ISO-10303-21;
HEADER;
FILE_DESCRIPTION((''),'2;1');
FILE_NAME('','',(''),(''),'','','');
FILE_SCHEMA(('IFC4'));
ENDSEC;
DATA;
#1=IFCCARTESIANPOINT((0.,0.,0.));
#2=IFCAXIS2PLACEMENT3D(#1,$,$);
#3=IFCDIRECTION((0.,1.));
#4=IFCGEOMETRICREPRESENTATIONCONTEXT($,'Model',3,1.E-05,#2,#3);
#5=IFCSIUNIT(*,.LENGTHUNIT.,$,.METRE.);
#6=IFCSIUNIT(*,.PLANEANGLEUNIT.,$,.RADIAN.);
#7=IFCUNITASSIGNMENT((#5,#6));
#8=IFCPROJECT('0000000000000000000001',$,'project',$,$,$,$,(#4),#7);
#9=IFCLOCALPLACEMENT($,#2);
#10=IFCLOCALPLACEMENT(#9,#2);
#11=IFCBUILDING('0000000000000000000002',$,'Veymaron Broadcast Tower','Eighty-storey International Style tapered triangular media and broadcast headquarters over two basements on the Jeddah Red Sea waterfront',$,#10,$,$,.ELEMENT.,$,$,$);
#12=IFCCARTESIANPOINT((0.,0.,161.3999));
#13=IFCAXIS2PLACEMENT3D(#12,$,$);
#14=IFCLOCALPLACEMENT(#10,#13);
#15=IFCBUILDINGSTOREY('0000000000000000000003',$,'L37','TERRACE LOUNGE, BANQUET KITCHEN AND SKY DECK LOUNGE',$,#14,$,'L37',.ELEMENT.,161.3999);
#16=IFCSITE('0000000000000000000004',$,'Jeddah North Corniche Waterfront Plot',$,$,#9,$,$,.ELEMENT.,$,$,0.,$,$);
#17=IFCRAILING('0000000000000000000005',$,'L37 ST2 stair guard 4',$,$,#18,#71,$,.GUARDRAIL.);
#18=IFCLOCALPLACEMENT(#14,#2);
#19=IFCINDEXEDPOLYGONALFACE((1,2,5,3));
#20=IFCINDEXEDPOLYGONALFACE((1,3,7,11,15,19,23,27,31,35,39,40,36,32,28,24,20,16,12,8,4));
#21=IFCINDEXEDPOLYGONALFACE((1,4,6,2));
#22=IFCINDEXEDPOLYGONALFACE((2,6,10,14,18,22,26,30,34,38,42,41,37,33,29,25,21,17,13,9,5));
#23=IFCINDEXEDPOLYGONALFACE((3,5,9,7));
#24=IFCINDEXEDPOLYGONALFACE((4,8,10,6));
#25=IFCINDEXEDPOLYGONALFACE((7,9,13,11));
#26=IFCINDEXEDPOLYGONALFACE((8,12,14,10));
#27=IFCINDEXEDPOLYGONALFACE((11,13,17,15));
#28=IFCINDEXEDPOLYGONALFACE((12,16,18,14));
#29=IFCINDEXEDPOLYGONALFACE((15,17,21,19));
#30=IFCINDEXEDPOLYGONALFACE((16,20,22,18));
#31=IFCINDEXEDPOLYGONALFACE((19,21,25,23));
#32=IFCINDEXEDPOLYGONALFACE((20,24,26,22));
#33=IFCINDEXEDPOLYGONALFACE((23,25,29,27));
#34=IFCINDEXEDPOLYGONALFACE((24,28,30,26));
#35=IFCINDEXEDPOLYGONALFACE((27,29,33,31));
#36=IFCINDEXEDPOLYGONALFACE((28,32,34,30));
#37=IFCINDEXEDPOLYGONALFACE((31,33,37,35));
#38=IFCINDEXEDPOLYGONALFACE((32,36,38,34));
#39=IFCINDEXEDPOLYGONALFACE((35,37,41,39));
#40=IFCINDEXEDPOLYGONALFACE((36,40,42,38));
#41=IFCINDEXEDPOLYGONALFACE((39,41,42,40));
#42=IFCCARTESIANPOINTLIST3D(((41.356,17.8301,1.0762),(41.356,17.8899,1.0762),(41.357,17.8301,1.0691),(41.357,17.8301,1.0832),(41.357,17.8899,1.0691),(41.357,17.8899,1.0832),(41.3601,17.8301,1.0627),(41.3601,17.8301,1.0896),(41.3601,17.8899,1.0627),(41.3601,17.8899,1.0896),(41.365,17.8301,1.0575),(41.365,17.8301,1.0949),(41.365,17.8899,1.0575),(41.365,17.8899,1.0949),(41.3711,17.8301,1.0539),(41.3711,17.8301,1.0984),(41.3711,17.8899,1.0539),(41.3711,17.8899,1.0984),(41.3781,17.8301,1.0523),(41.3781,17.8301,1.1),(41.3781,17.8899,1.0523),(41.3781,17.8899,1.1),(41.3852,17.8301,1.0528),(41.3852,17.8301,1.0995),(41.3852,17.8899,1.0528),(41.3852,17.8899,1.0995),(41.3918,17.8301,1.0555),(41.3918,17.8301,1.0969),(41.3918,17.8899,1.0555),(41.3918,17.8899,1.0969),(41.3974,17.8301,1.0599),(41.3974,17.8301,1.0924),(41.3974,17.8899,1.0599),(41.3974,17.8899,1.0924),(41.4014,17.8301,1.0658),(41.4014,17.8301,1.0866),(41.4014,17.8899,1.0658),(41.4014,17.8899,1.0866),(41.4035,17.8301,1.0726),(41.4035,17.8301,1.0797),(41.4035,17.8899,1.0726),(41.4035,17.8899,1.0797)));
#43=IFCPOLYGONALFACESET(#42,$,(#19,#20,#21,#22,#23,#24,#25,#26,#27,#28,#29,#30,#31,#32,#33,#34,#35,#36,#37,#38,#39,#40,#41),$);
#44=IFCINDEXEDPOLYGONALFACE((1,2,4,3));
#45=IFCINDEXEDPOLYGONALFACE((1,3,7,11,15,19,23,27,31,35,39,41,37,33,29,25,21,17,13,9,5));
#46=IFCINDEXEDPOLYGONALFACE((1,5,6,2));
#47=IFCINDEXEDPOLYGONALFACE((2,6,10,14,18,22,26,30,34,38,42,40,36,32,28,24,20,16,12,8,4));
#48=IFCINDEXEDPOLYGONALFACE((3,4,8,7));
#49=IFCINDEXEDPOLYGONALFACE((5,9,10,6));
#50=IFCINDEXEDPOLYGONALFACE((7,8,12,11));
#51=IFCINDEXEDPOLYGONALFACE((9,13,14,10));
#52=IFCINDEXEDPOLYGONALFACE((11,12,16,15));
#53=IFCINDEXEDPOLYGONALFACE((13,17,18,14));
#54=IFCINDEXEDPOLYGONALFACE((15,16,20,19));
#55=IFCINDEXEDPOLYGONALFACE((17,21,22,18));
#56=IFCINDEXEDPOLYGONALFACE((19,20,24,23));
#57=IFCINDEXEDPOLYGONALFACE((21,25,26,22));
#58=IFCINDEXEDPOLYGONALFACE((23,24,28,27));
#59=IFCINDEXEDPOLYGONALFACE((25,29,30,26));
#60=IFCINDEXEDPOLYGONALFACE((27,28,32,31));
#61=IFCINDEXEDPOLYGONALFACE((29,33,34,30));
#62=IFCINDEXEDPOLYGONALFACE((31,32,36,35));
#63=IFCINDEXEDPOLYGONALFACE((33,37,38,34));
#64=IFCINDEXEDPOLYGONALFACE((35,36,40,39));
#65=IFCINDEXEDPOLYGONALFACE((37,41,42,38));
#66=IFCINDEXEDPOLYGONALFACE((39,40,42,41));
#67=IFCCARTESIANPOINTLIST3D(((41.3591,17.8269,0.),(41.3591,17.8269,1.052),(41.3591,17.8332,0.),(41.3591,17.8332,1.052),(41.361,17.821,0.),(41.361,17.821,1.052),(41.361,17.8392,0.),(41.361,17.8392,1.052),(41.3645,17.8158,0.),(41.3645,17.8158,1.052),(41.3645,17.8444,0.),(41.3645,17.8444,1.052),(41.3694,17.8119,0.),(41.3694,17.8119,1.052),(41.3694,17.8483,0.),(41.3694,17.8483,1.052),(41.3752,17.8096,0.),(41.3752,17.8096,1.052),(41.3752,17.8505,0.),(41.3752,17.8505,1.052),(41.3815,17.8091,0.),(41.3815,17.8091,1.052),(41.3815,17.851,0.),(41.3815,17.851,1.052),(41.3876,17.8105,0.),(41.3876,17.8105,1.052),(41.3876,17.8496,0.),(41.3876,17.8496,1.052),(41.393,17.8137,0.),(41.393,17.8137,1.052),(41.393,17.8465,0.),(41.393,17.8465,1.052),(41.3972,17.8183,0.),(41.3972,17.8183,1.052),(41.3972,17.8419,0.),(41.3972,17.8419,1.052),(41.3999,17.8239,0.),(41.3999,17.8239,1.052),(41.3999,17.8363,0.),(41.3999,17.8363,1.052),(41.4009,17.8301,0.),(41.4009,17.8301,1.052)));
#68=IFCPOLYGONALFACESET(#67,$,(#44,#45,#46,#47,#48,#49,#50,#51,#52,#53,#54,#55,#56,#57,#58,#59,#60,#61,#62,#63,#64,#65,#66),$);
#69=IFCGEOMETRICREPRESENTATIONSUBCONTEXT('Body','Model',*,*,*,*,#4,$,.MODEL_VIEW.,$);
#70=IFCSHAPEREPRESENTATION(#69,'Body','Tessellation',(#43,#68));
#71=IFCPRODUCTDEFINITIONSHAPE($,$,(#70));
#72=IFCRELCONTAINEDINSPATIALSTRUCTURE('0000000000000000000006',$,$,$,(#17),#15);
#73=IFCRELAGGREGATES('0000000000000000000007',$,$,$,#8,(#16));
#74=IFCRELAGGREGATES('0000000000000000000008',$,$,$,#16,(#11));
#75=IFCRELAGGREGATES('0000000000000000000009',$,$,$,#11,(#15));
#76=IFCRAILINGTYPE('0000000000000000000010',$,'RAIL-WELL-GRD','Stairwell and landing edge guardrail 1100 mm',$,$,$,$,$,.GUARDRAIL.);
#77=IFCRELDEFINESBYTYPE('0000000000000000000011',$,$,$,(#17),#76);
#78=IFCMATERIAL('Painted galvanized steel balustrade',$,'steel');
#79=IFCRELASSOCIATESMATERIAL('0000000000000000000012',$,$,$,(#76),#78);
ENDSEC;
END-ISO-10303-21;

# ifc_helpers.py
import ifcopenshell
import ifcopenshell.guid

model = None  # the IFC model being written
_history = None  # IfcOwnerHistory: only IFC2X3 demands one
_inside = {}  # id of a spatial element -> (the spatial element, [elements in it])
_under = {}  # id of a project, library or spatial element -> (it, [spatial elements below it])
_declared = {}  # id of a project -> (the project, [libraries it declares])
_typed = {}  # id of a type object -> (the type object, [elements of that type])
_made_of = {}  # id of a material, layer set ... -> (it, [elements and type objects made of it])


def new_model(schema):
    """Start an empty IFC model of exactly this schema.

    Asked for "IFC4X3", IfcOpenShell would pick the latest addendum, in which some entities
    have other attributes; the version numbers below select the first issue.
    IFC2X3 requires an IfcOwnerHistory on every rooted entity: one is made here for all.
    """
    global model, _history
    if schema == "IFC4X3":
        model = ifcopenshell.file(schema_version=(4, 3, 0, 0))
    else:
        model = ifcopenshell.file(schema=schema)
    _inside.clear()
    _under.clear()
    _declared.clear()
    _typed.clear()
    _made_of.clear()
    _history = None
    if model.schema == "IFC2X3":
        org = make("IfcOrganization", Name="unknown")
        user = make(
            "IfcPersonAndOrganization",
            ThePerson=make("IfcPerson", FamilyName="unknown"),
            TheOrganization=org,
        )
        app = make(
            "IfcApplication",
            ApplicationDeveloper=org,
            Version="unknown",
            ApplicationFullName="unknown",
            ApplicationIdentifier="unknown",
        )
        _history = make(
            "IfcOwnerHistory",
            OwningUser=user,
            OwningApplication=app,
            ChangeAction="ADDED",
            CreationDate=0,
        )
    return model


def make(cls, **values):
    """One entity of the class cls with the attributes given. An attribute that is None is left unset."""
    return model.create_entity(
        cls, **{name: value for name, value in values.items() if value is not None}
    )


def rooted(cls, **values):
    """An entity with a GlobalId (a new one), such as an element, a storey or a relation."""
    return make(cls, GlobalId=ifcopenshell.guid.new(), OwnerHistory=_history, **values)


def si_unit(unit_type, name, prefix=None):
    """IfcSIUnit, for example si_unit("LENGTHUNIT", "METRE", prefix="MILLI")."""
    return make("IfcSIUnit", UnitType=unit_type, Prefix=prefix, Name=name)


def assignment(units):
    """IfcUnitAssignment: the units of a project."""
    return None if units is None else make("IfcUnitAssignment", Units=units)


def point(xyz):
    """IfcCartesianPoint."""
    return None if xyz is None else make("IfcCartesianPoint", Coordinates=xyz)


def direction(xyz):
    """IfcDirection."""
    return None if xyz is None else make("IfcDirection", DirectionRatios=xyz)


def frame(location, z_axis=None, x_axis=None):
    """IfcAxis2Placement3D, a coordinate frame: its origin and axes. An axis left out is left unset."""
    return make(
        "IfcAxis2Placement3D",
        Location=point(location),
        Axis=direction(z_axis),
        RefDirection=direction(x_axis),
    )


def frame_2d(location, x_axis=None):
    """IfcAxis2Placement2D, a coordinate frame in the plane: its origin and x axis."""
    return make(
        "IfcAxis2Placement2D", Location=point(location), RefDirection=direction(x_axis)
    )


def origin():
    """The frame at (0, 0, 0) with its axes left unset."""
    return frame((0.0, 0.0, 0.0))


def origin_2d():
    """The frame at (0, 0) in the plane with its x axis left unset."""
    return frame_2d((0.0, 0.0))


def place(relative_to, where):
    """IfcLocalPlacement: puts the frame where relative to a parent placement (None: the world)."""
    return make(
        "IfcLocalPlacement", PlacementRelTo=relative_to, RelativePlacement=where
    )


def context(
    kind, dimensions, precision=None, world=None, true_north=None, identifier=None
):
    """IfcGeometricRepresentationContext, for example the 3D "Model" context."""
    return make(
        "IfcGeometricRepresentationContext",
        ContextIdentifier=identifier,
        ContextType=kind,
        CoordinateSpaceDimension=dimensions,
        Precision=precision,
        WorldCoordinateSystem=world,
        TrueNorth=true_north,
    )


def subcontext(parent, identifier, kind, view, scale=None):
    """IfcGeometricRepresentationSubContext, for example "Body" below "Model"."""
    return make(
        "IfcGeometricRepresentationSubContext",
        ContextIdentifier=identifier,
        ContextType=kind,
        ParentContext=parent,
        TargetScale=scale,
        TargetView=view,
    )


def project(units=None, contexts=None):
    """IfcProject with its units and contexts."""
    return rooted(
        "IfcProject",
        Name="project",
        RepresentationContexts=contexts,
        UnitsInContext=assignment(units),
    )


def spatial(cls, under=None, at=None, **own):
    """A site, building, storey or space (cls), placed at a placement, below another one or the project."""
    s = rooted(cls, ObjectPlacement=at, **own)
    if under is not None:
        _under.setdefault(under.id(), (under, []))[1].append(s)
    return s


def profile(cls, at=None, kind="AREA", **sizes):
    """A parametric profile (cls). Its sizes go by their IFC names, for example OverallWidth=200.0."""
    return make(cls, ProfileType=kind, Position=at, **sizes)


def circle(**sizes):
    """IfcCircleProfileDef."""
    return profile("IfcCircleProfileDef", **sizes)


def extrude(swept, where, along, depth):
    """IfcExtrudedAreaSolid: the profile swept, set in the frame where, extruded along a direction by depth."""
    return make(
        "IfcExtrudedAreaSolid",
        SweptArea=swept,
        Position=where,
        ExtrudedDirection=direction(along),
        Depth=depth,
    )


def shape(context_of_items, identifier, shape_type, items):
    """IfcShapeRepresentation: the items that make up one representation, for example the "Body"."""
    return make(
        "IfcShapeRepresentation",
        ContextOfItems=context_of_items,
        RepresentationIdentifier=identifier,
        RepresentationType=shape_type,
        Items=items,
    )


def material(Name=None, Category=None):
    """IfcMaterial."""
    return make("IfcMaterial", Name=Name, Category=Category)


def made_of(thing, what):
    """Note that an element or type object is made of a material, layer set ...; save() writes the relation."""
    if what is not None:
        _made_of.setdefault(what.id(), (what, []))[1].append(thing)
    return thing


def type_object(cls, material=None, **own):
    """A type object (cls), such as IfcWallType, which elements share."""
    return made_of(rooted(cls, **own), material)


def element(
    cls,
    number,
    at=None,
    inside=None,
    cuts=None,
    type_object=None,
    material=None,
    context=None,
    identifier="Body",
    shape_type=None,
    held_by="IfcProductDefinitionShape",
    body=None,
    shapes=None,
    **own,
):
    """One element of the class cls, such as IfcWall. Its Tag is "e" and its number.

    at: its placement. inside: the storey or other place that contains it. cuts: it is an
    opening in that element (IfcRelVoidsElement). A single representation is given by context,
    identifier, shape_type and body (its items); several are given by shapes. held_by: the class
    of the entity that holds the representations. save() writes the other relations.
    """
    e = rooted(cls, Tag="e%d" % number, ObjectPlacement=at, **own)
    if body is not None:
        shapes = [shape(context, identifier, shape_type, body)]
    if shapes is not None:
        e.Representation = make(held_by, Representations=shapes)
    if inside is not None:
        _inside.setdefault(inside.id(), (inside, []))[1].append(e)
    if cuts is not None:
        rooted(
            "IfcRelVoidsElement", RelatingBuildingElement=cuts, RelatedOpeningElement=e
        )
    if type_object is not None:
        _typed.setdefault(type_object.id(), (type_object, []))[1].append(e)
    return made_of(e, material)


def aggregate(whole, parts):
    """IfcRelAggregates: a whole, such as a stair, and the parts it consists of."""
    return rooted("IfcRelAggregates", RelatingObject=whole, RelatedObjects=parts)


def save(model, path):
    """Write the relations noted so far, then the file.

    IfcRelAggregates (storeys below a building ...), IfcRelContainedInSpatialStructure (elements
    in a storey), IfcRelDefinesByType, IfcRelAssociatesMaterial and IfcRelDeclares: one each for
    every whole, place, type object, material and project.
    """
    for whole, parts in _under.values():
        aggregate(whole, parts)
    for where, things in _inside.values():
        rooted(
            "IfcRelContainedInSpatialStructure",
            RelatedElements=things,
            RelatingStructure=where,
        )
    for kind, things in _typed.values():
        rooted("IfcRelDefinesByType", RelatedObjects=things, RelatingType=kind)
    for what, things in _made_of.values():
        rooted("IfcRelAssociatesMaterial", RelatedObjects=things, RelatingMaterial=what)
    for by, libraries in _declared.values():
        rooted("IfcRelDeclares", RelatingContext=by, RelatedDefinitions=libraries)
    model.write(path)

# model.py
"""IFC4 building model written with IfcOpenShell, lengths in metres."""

from ifc_helpers import new_model, si_unit, direction, frame, origin, origin_2d, place, context, subcontext, project, spatial, circle, extrude, material, type_object, element, save


model = new_model("IFC4")

# Units and contexts
model_context = context("Model", 3, precision=1e-05, world=origin(), true_north=direction((0.0, 1.0)))
body_context = subcontext(model_context, "Body", "Model", "MODEL_VIEW")
ifc_project = project(units=[si_unit("LENGTHUNIT", "METRE"), si_unit("PLANEANGLEUNIT", "RADIAN")], contexts=[model_context])

# Site, building, storey
site_placement = place(None, origin())
site = spatial("IfcSite", under=ifc_project, at=site_placement, Name="Jeddah North Corniche Waterfront Plot", CompositionType="ELEMENT", RefElevation=0.0)
building_placement = place(site_placement, origin())
building = spatial("IfcBuilding", under=site, at=building_placement, Name="Veymaron Broadcast Tower", Description="Eighty-storey International Style tapered triangular media and broadcast headquarters over two basements on the Jeddah Red Sea waterfront", CompositionType="ELEMENT")
storey_placement = place(building_placement, frame((0.0, 0.0, 161.3999)))
storey = spatial("IfcBuildingStorey", under=building, at=storey_placement, Name="L37", Description="TERRACE LOUNGE, BANQUET KITCHEN AND SKY DECK LOUNGE", LongName="L37", CompositionType="ELEMENT", Elevation=161.3999)

# Railing
ifc_material_1 = material(Name="Painted galvanized steel balustrade", Category="steel")
railing_type_1 = type_object("IfcRailingType", Name="RAIL-WELL-GRD", Description="Stairwell and landing edge guardrail 1100 mm", PredefinedType="GUARDRAIL", material=ifc_material_1)
railing_1_placement = place(storey_placement, frame((41.3799, 17.8301, 0.0)))
element("IfcRailing", 1, at=railing_1_placement, inside=storey, type_object=railing_type_1, Name="L37 ST2 stair guard 4", PredefinedType="GUARDRAIL", context=body_context, shape_type="SweptSolid", body=[
    extrude(circle(Radius=0.0239, at=origin_2d()), frame((0.0, 0.0, 1.0762), z_axis=(0.0, 1.0, 0.0), x_axis=(-1.0, 0.0, 0.0)), (0.0, 0.0, 1.0), 0.0598),
    extrude(circle(Radius=0.021, at=origin_2d()), origin(), (0.0, 0.0, 1.0), 1.052),
])

save(model, "model.ifc")
